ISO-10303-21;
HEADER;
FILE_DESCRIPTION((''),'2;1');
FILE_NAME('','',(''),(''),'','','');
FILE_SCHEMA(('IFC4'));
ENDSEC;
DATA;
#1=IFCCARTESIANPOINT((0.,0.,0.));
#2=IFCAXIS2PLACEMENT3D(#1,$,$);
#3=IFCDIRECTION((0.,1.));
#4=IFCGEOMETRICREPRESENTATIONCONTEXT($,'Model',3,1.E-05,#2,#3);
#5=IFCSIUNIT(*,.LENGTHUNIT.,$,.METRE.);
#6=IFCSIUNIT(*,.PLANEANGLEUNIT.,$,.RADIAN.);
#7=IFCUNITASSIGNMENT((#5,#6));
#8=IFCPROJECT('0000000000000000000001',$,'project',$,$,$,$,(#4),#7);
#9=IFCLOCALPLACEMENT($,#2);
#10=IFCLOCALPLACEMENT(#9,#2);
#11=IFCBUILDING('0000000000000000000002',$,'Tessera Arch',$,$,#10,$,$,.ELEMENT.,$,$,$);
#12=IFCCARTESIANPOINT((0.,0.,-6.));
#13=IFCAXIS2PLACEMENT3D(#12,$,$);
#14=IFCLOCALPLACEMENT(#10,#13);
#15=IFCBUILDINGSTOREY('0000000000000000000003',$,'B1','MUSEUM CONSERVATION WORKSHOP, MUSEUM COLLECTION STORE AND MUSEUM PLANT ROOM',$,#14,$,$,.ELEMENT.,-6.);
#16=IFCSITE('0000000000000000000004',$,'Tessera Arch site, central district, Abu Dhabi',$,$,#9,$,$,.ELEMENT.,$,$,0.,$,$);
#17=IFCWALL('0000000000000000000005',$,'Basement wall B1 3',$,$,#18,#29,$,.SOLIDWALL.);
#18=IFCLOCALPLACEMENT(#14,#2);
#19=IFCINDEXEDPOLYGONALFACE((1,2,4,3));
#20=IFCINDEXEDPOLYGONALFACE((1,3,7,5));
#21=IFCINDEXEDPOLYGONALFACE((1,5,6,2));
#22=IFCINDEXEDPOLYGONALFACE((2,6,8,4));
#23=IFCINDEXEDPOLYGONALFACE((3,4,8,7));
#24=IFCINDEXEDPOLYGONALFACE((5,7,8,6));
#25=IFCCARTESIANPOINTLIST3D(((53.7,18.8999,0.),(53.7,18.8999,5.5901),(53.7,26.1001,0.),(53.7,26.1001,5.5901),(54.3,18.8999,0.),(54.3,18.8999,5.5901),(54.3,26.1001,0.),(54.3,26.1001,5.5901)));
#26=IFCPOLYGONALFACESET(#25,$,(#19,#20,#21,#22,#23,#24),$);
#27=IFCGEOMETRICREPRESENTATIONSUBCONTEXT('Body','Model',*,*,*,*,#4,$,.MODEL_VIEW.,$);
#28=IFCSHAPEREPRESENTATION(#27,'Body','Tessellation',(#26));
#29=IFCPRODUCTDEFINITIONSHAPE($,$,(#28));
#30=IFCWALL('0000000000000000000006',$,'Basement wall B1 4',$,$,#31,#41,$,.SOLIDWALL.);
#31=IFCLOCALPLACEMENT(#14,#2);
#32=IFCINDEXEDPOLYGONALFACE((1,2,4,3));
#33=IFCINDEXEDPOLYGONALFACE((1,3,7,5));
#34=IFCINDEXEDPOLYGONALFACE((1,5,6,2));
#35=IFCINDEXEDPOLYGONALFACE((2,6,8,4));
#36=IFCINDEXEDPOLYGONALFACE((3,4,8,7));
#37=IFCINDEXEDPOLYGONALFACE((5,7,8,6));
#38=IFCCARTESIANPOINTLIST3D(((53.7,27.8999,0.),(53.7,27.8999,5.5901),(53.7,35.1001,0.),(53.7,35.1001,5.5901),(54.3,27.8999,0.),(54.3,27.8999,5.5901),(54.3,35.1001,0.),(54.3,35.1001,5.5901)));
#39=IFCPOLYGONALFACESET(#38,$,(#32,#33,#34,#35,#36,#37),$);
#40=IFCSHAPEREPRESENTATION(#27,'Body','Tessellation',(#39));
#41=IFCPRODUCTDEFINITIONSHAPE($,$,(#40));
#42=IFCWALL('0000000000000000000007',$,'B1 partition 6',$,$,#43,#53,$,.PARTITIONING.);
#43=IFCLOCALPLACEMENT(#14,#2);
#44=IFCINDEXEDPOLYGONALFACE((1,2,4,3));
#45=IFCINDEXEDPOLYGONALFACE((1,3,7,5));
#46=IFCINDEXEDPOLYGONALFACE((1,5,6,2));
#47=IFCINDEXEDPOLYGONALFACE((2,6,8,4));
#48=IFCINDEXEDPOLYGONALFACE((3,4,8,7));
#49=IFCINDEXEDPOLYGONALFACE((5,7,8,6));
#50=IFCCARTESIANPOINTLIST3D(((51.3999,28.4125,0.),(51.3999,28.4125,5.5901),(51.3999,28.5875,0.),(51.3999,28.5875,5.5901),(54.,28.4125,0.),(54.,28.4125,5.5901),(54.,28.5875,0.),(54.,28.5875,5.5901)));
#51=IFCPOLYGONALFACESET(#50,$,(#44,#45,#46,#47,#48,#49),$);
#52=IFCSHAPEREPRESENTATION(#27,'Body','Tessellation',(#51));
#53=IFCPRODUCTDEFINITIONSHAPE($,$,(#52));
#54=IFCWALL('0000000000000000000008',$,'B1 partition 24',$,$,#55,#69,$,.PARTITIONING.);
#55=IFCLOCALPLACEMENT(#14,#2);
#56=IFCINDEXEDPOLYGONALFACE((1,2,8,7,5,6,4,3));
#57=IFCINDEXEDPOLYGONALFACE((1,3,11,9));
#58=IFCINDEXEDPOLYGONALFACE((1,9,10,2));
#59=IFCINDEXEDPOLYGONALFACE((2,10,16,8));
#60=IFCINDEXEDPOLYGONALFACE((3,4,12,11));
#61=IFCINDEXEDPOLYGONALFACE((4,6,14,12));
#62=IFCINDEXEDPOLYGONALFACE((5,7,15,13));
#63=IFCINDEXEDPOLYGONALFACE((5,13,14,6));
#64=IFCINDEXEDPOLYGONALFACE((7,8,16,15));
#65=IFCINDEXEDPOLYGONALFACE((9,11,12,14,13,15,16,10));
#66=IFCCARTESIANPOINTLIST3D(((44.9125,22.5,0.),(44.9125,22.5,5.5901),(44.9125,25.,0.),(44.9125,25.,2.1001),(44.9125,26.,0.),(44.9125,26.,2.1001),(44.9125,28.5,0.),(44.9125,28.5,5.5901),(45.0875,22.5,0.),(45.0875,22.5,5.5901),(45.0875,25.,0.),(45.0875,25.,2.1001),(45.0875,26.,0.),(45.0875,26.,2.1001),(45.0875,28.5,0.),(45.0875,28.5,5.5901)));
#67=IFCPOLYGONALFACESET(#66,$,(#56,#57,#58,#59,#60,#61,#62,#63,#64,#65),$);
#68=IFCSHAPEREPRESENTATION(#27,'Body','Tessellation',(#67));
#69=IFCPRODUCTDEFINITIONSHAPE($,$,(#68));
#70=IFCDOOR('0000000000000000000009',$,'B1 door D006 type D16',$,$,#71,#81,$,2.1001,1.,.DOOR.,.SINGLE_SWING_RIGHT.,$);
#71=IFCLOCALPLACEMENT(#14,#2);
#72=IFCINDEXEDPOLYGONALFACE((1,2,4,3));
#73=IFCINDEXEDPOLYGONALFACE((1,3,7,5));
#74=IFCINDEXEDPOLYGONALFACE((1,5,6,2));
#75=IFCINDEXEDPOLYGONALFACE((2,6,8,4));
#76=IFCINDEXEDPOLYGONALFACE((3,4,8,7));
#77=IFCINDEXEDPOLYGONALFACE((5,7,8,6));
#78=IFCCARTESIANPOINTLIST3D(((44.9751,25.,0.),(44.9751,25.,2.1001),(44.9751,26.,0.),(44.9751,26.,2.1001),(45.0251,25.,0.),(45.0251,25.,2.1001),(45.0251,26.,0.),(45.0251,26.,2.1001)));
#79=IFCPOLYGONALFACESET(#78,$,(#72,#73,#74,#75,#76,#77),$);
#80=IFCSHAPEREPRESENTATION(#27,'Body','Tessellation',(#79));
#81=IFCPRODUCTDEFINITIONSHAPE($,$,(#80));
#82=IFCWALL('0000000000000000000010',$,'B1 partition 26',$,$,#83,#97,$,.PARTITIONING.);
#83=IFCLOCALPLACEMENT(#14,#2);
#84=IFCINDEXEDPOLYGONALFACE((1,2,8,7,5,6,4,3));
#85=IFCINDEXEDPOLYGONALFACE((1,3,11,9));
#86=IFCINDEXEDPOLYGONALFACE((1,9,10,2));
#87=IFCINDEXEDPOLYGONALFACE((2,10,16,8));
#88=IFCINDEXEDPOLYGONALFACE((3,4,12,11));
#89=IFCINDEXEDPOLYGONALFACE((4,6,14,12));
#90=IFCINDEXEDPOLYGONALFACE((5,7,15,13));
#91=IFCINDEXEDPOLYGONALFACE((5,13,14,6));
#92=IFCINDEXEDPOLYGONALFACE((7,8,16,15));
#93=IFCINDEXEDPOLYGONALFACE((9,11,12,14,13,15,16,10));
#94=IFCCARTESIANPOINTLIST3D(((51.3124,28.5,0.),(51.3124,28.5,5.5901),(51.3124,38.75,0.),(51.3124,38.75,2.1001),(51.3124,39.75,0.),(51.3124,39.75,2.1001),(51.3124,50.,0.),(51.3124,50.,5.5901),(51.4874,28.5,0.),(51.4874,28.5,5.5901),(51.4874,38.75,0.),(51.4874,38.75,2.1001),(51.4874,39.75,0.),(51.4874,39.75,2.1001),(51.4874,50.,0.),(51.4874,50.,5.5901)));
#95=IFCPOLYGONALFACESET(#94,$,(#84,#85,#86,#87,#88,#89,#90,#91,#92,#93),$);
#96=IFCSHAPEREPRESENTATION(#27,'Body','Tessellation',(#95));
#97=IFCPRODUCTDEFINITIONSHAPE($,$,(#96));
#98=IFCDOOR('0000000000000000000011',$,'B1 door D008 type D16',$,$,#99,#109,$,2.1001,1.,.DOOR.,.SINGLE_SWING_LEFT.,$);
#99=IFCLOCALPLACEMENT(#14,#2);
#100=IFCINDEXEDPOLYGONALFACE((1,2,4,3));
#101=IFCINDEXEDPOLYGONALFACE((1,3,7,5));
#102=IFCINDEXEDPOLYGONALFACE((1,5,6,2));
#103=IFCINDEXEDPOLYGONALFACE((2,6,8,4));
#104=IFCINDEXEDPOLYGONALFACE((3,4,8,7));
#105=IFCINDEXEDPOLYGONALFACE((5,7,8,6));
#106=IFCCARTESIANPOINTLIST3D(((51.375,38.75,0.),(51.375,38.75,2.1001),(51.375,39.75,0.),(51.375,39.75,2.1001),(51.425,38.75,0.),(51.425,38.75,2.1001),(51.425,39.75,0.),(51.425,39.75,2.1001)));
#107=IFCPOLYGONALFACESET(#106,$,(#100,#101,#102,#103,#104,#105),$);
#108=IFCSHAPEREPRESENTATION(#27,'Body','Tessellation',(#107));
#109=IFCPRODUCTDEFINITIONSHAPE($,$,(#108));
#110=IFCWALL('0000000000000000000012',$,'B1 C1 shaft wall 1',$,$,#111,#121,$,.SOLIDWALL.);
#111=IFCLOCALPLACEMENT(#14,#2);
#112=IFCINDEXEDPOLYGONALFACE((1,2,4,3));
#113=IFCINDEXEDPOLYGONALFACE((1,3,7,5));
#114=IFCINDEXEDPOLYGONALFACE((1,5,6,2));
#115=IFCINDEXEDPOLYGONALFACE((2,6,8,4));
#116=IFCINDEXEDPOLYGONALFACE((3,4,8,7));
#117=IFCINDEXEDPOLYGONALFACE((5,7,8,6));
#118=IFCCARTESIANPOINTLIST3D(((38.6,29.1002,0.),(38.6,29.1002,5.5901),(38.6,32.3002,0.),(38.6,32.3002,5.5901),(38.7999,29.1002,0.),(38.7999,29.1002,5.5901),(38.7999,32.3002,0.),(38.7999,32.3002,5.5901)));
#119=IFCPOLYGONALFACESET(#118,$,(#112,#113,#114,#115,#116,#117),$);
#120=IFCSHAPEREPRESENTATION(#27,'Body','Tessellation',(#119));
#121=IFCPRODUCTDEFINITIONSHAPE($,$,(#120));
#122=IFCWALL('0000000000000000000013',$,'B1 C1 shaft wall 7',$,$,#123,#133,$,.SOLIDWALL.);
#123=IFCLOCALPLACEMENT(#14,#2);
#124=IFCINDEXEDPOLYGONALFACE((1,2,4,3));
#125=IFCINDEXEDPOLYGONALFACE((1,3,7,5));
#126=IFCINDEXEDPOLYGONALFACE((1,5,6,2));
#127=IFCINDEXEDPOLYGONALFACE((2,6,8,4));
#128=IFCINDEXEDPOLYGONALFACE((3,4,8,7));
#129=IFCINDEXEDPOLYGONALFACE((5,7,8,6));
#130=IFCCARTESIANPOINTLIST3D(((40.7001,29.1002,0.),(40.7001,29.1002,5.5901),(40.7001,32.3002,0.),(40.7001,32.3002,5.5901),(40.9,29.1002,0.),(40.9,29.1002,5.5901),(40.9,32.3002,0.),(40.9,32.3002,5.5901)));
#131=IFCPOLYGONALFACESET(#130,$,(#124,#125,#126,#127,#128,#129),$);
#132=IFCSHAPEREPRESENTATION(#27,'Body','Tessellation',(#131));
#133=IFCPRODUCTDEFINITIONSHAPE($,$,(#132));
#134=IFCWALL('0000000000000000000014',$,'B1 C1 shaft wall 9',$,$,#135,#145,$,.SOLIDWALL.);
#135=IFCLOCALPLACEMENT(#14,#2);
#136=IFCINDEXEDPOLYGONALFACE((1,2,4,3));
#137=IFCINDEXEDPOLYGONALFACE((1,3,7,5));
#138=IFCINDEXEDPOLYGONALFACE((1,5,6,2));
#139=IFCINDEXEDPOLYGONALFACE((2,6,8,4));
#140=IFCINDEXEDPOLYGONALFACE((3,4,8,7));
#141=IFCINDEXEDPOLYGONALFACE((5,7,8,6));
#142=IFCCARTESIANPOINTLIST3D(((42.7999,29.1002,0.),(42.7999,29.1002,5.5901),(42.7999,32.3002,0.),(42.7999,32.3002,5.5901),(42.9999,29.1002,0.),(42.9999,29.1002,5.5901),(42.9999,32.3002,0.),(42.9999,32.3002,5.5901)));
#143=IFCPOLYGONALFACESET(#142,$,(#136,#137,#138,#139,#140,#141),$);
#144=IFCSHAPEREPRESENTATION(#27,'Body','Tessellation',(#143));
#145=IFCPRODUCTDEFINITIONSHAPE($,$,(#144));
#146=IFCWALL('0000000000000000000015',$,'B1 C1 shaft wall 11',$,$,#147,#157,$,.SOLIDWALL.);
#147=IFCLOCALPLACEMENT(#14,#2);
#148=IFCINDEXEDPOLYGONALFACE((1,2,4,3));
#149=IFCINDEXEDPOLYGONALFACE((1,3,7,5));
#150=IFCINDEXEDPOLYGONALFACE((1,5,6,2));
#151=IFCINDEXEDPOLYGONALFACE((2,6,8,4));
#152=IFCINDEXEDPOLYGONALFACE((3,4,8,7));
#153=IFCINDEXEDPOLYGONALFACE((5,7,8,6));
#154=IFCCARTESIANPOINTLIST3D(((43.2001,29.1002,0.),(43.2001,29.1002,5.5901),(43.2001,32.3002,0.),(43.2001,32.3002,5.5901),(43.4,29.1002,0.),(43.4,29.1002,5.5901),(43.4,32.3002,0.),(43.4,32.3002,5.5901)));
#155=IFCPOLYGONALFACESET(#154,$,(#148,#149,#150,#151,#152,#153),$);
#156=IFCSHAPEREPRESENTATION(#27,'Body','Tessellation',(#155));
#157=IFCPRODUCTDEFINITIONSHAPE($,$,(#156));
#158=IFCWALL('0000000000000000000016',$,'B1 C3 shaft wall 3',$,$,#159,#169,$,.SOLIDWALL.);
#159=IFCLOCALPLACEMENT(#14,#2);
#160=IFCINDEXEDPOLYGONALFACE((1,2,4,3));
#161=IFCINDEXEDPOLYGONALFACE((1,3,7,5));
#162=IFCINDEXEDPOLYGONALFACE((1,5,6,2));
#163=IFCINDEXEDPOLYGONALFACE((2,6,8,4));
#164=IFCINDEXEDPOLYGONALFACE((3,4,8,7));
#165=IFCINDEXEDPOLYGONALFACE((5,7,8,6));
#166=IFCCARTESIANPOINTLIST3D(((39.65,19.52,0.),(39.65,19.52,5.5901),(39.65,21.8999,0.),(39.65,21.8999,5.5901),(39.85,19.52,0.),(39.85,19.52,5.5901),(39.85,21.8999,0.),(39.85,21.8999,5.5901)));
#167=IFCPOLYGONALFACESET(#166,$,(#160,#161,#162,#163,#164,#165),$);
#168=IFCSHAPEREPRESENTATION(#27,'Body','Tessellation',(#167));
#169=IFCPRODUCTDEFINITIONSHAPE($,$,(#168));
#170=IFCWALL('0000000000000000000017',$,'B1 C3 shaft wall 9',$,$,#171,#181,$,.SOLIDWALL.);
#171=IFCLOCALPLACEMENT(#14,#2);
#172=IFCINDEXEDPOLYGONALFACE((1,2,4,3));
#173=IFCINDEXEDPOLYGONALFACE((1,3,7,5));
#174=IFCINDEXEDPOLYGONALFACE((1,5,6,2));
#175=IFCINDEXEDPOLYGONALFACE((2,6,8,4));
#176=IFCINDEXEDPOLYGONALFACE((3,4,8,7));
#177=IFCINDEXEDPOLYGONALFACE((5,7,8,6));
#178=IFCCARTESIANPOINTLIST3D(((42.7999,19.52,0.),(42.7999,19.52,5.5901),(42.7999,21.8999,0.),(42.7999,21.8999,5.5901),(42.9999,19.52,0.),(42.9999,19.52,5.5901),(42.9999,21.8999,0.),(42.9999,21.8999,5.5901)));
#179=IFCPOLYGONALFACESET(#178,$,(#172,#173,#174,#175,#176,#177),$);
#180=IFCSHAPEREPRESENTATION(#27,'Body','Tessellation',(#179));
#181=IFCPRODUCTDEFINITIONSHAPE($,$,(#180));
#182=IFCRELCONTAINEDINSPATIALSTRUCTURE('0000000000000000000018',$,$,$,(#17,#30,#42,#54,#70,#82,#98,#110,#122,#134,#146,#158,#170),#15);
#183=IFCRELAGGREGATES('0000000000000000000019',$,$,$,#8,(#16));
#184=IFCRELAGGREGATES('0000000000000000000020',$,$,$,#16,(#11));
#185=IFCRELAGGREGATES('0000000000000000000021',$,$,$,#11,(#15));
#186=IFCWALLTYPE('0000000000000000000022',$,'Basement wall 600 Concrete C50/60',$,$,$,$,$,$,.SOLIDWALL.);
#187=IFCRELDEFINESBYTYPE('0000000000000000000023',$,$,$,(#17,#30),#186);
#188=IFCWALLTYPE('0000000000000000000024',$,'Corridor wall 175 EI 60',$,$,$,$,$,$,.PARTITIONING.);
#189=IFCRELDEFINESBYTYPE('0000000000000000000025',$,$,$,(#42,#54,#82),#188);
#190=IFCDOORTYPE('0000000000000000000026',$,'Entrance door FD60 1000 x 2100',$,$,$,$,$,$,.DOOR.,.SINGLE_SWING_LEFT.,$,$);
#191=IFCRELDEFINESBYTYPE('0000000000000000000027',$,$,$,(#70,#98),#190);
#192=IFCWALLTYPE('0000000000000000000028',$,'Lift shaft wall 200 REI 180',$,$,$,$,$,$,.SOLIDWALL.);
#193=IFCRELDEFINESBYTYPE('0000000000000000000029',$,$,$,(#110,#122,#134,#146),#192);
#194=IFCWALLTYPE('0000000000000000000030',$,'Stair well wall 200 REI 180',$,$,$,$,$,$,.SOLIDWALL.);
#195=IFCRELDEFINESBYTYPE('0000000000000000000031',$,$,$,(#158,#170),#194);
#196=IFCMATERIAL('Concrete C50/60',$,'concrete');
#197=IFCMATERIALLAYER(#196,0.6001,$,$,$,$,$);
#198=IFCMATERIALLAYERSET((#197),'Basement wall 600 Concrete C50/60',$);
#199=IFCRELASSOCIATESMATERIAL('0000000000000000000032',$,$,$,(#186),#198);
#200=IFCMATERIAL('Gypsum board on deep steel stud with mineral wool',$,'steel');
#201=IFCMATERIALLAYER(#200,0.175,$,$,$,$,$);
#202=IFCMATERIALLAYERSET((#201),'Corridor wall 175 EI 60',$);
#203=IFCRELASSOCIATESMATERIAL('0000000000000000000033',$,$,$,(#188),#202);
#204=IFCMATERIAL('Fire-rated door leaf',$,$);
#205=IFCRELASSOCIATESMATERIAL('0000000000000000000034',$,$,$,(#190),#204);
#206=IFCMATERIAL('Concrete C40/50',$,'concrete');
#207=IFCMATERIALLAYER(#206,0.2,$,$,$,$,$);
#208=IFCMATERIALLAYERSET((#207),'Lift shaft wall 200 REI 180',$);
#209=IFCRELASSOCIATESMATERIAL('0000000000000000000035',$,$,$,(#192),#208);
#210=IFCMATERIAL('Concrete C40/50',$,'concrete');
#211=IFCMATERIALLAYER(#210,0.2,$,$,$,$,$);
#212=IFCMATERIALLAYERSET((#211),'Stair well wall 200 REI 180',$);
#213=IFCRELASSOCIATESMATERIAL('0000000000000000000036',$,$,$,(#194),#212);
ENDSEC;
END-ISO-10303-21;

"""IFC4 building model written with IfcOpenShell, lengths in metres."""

from ifc_helpers import new_model, si_unit, direction, frame, frame_2d, origin, place, context, subcontext, project, spatial, rectangle, extrude, material, layer, layer_set, type_object, element, fill, save


model = new_model("IFC4")

# Units and contexts
model_context = context("Model", 3, precision=1e-05, world=origin(), true_north=direction((0.0, 1.0)))
body_context = subcontext(model_context, "Body", "Model", "MODEL_VIEW")
ifc_project = project(units=[si_unit("LENGTHUNIT", "METRE"), si_unit("PLANEANGLEUNIT", "RADIAN")], contexts=[model_context])

# Site, building, storey
site_placement = place(None, origin())
site = spatial("IfcSite", under=ifc_project, at=site_placement, Name="Tessera Arch site, central district, Abu Dhabi", CompositionType="ELEMENT", RefElevation=0.0)
building_placement = place(site_placement, origin())
building = spatial("IfcBuilding", under=site, at=building_placement, Name="Tessera Arch", CompositionType="ELEMENT")
storey_placement = place(building_placement, frame((0.0, 0.0, -6.0)))
storey = spatial("IfcBuildingStorey", under=building, at=storey_placement, Name="B1", Description="MUSEUM CONSERVATION WORKSHOP, MUSEUM COLLECTION STORE AND MUSEUM PLANT ROOM", CompositionType="ELEMENT", Elevation=-6.0)

# Walls
ifc_material_1 = material(Name="Concrete C50/60", Category="concrete")
ifc_layer_1 = layer(ifc_material_1, 0.6001)
ifc_layer_set_1 = layer_set([ifc_layer_1], Name="Basement wall 600 Concrete C50/60")
wall_type_1 = type_object("IfcWallType", Name="Basement wall 600 Concrete C50/60", PredefinedType="SOLIDWALL", material=ifc_layer_set_1)
for number, where, z_axis, x_axis, name in (
    (1, (54.0, 18.8999, 0.0), (0.0, 0.0, 1.0), (0.0, 1.0, 0.0), "Basement wall B1 3"),
    (2, (54.0, 27.8999, 0.0), (0.0, 0.0, 1.0), (0.0, 1.0, 0.0), "Basement wall B1 4"),
):
    element("IfcWall", number, at=place(storey_placement, frame(where, z_axis=z_axis, x_axis=x_axis)), inside=storey, type_object=wall_type_1, Name=name, PredefinedType="SOLIDWALL", context=body_context, shape_type="SweptSolid", body=[
        extrude(rectangle(XDim=7.2002, YDim=0.6001, at=frame_2d((3.6001, 0.0))), origin(), (0.0, 0.0, 1.0), 5.5901),
    ])
ifc_material_2 = material(Name="Gypsum board on deep steel stud with mineral wool", Category="steel")
ifc_layer_2 = layer(ifc_material_2, 0.175)
ifc_layer_set_2 = layer_set([ifc_layer_2], Name="Corridor wall 175 EI 60")
wall_type_2 = type_object("IfcWallType", Name="Corridor wall 175 EI 60", PredefinedType="PARTITIONING", material=ifc_layer_set_2)
wall_1_placement = place(storey_placement, frame((51.3999, 28.5, 0.0), z_axis=(0.0, 0.0, 1.0), x_axis=(1.0, 0.0, 0.0)))
element("IfcWall", 3, at=wall_1_placement, inside=storey, type_object=wall_type_2, Name="B1 partition 6", PredefinedType="PARTITIONING", context=body_context, shape_type="SweptSolid", body=[
    extrude(rectangle(XDim=2.6001, YDim=0.175, at=frame_2d((1.3, 0.0))), origin(), (0.0, 0.0, 1.0), 5.5901),
])

# Walls, openings, doors
wall_2_placement = place(storey_placement, frame((45.0, 22.5, 0.0), z_axis=(0.0, 0.0, 1.0), x_axis=(0.0, 1.0, 0.0)))
wall_2 = element("IfcWall", 4, at=wall_2_placement, inside=storey, type_object=wall_type_2, Name="B1 partition 24", PredefinedType="PARTITIONING", context=body_context, shape_type="SweptSolid", body=[
    extrude(rectangle(XDim=6.0, YDim=0.175, at=frame_2d((3.0, 0.0))), origin(), (0.0, 0.0, 1.0), 5.5901),
])
opening_1_placement = place(wall_2_placement, frame((2.5, 0.0, 0.0)))
opening_1 = element("IfcOpeningElement", 5, at=opening_1_placement, cuts=wall_2, PredefinedType="OPENING", context=body_context, shape_type="SweptSolid", body=[
    extrude(rectangle(XDim=1.0, YDim=2.1001, at=frame_2d((0.5, 1.05))), frame((0.0, 0.0974, 0.0), z_axis=(0.0, -1.0, 0.0), x_axis=(1.0, 0.0, 0.0)), (0.0, 0.0, 1.0), 0.1951),
])
ifc_material_3 = material(Name="Fire-rated door leaf")
door_type = type_object("IfcDoorType", Name="Entrance door FD60 1000 x 2100", OperationType="SINGLE_SWING_LEFT", PredefinedType="DOOR", material=ifc_material_3)
door_1_placement = place(opening_1_placement, origin())
door_1 = element("IfcDoor", 6, at=door_1_placement, inside=storey, type_object=door_type, Name="B1 door D006 type D16", OperationType="SINGLE_SWING_RIGHT", OverallHeight=2.1001, OverallWidth=1.0, PredefinedType="DOOR", context=body_context, shape_type="SweptSolid", body=[
    extrude(rectangle(XDim=1.0, YDim=2.1001, at=frame_2d((0.5, 1.05))), frame((0.0, 0.0249, 0.0), z_axis=(0.0, -1.0, 0.0), x_axis=(1.0, 0.0, 0.0)), (0.0, 0.0, 1.0), 0.05),
])
fill(opening_1, door_1)
wall_3_placement = place(storey_placement, frame((51.3999, 28.5, 0.0), z_axis=(0.0, 0.0, 1.0), x_axis=(0.0, 1.0, 0.0)))
wall_3 = element("IfcWall", 7, at=wall_3_placement, inside=storey, type_object=wall_type_2, Name="B1 partition 26", PredefinedType="PARTITIONING", context=body_context, shape_type="SweptSolid", body=[
    extrude(rectangle(XDim=21.5, YDim=0.175, at=frame_2d((10.75, 0.0))), origin(), (0.0, 0.0, 1.0), 5.5901),
])
opening_2_placement = place(wall_3_placement, frame((10.25, 0.0, 0.0)))
opening_2 = element("IfcOpeningElement", 8, at=opening_2_placement, cuts=wall_3, PredefinedType="OPENING", context=body_context, shape_type="SweptSolid", body=[
    extrude(rectangle(XDim=1.0, YDim=2.1001, at=frame_2d((0.5, 1.05))), frame((0.0, 0.0974, 0.0), z_axis=(0.0, -1.0, 0.0), x_axis=(1.0, 0.0, 0.0)), (0.0, 0.0, 1.0), 0.1951),
])
door_2_placement = place(opening_2_placement, origin())
door_2 = element("IfcDoor", 9, at=door_2_placement, inside=storey, type_object=door_type, Name="B1 door D008 type D16", OperationType="SINGLE_SWING_LEFT", OverallHeight=2.1001, OverallWidth=1.0, PredefinedType="DOOR", context=body_context, shape_type="SweptSolid", body=[
    extrude(rectangle(XDim=1.0, YDim=2.1001, at=frame_2d((0.5, 1.05))), frame((0.0, 0.0249, 0.0), z_axis=(0.0, -1.0, 0.0), x_axis=(1.0, 0.0, 0.0)), (0.0, 0.0, 1.0), 0.05),
])
fill(opening_2, door_2)

# Walls
ifc_material_4 = material(Name="Concrete C40/50", Category="concrete")
ifc_layer_3 = layer(ifc_material_4, 0.2)
ifc_layer_set_3 = layer_set([ifc_layer_3], Name="Lift shaft wall 200 REI 180")
wall_type_3 = type_object("IfcWallType", Name="Lift shaft wall 200 REI 180", PredefinedType="SOLIDWALL", material=ifc_layer_set_3)
for number, where, z_axis, x_axis, name in (
    (10, (38.7, 29.1001, 0.0), (0.0, 0.0, 1.0), (0.0, 1.0, 0.0), "B1 C1 shaft wall 1"),
    (11, (40.8, 29.1001, 0.0), (0.0, 0.0, 1.0), (0.0, 1.0, 0.0), "B1 C1 shaft wall 7"),
    (12, (42.8999, 29.1001, 0.0), (0.0, 0.0, 1.0), (0.0, 1.0, 0.0), "B1 C1 shaft wall 9"),
    (13, (43.3, 29.1001, 0.0), (0.0, 0.0, 1.0), (0.0, 1.0, 0.0), "B1 C1 shaft wall 11"),
):
    element("IfcWall", number, at=place(storey_placement, frame(where, z_axis=z_axis, x_axis=x_axis)), inside=storey, type_object=wall_type_3, Name=name, PredefinedType="SOLIDWALL", context=body_context, shape_type="SweptSolid", body=[
        extrude(rectangle(XDim=3.2, YDim=0.2, at=frame_2d((1.6001, 0.0))), origin(), (0.0, 0.0, 1.0), 5.5901),
    ])
ifc_material_5 = material(Name="Concrete C40/50", Category="concrete")
ifc_layer_4 = layer(ifc_material_5, 0.2)
ifc_layer_set_4 = layer_set([ifc_layer_4], Name="Stair well wall 200 REI 180")
wall_type_4 = type_object("IfcWallType", Name="Stair well wall 200 REI 180", PredefinedType="SOLIDWALL", material=ifc_layer_set_4)
for number, where, z_axis, x_axis, name in (
    (14, (39.75, 19.52, 0.0), (0.0, 0.0, 1.0), (0.0, 1.0, 0.0), "B1 C3 shaft wall 3"),
    (15, (42.8999, 19.52, 0.0), (0.0, 0.0, 1.0), (0.0, 1.0, 0.0), "B1 C3 shaft wall 9"),
):
    element("IfcWall", number, at=place(storey_placement, frame(where, z_axis=z_axis, x_axis=x_axis)), inside=storey, type_object=wall_type_4, Name=name, PredefinedType="SOLIDWALL", context=body_context, shape_type="SweptSolid", body=[
        extrude(rectangle(XDim=2.3799, YDim=0.2, at=frame_2d((1.1899, 0.0))), origin(), (0.0, 0.0, 1.0), 5.5901),
    ])

save(model, "model.ifc")
